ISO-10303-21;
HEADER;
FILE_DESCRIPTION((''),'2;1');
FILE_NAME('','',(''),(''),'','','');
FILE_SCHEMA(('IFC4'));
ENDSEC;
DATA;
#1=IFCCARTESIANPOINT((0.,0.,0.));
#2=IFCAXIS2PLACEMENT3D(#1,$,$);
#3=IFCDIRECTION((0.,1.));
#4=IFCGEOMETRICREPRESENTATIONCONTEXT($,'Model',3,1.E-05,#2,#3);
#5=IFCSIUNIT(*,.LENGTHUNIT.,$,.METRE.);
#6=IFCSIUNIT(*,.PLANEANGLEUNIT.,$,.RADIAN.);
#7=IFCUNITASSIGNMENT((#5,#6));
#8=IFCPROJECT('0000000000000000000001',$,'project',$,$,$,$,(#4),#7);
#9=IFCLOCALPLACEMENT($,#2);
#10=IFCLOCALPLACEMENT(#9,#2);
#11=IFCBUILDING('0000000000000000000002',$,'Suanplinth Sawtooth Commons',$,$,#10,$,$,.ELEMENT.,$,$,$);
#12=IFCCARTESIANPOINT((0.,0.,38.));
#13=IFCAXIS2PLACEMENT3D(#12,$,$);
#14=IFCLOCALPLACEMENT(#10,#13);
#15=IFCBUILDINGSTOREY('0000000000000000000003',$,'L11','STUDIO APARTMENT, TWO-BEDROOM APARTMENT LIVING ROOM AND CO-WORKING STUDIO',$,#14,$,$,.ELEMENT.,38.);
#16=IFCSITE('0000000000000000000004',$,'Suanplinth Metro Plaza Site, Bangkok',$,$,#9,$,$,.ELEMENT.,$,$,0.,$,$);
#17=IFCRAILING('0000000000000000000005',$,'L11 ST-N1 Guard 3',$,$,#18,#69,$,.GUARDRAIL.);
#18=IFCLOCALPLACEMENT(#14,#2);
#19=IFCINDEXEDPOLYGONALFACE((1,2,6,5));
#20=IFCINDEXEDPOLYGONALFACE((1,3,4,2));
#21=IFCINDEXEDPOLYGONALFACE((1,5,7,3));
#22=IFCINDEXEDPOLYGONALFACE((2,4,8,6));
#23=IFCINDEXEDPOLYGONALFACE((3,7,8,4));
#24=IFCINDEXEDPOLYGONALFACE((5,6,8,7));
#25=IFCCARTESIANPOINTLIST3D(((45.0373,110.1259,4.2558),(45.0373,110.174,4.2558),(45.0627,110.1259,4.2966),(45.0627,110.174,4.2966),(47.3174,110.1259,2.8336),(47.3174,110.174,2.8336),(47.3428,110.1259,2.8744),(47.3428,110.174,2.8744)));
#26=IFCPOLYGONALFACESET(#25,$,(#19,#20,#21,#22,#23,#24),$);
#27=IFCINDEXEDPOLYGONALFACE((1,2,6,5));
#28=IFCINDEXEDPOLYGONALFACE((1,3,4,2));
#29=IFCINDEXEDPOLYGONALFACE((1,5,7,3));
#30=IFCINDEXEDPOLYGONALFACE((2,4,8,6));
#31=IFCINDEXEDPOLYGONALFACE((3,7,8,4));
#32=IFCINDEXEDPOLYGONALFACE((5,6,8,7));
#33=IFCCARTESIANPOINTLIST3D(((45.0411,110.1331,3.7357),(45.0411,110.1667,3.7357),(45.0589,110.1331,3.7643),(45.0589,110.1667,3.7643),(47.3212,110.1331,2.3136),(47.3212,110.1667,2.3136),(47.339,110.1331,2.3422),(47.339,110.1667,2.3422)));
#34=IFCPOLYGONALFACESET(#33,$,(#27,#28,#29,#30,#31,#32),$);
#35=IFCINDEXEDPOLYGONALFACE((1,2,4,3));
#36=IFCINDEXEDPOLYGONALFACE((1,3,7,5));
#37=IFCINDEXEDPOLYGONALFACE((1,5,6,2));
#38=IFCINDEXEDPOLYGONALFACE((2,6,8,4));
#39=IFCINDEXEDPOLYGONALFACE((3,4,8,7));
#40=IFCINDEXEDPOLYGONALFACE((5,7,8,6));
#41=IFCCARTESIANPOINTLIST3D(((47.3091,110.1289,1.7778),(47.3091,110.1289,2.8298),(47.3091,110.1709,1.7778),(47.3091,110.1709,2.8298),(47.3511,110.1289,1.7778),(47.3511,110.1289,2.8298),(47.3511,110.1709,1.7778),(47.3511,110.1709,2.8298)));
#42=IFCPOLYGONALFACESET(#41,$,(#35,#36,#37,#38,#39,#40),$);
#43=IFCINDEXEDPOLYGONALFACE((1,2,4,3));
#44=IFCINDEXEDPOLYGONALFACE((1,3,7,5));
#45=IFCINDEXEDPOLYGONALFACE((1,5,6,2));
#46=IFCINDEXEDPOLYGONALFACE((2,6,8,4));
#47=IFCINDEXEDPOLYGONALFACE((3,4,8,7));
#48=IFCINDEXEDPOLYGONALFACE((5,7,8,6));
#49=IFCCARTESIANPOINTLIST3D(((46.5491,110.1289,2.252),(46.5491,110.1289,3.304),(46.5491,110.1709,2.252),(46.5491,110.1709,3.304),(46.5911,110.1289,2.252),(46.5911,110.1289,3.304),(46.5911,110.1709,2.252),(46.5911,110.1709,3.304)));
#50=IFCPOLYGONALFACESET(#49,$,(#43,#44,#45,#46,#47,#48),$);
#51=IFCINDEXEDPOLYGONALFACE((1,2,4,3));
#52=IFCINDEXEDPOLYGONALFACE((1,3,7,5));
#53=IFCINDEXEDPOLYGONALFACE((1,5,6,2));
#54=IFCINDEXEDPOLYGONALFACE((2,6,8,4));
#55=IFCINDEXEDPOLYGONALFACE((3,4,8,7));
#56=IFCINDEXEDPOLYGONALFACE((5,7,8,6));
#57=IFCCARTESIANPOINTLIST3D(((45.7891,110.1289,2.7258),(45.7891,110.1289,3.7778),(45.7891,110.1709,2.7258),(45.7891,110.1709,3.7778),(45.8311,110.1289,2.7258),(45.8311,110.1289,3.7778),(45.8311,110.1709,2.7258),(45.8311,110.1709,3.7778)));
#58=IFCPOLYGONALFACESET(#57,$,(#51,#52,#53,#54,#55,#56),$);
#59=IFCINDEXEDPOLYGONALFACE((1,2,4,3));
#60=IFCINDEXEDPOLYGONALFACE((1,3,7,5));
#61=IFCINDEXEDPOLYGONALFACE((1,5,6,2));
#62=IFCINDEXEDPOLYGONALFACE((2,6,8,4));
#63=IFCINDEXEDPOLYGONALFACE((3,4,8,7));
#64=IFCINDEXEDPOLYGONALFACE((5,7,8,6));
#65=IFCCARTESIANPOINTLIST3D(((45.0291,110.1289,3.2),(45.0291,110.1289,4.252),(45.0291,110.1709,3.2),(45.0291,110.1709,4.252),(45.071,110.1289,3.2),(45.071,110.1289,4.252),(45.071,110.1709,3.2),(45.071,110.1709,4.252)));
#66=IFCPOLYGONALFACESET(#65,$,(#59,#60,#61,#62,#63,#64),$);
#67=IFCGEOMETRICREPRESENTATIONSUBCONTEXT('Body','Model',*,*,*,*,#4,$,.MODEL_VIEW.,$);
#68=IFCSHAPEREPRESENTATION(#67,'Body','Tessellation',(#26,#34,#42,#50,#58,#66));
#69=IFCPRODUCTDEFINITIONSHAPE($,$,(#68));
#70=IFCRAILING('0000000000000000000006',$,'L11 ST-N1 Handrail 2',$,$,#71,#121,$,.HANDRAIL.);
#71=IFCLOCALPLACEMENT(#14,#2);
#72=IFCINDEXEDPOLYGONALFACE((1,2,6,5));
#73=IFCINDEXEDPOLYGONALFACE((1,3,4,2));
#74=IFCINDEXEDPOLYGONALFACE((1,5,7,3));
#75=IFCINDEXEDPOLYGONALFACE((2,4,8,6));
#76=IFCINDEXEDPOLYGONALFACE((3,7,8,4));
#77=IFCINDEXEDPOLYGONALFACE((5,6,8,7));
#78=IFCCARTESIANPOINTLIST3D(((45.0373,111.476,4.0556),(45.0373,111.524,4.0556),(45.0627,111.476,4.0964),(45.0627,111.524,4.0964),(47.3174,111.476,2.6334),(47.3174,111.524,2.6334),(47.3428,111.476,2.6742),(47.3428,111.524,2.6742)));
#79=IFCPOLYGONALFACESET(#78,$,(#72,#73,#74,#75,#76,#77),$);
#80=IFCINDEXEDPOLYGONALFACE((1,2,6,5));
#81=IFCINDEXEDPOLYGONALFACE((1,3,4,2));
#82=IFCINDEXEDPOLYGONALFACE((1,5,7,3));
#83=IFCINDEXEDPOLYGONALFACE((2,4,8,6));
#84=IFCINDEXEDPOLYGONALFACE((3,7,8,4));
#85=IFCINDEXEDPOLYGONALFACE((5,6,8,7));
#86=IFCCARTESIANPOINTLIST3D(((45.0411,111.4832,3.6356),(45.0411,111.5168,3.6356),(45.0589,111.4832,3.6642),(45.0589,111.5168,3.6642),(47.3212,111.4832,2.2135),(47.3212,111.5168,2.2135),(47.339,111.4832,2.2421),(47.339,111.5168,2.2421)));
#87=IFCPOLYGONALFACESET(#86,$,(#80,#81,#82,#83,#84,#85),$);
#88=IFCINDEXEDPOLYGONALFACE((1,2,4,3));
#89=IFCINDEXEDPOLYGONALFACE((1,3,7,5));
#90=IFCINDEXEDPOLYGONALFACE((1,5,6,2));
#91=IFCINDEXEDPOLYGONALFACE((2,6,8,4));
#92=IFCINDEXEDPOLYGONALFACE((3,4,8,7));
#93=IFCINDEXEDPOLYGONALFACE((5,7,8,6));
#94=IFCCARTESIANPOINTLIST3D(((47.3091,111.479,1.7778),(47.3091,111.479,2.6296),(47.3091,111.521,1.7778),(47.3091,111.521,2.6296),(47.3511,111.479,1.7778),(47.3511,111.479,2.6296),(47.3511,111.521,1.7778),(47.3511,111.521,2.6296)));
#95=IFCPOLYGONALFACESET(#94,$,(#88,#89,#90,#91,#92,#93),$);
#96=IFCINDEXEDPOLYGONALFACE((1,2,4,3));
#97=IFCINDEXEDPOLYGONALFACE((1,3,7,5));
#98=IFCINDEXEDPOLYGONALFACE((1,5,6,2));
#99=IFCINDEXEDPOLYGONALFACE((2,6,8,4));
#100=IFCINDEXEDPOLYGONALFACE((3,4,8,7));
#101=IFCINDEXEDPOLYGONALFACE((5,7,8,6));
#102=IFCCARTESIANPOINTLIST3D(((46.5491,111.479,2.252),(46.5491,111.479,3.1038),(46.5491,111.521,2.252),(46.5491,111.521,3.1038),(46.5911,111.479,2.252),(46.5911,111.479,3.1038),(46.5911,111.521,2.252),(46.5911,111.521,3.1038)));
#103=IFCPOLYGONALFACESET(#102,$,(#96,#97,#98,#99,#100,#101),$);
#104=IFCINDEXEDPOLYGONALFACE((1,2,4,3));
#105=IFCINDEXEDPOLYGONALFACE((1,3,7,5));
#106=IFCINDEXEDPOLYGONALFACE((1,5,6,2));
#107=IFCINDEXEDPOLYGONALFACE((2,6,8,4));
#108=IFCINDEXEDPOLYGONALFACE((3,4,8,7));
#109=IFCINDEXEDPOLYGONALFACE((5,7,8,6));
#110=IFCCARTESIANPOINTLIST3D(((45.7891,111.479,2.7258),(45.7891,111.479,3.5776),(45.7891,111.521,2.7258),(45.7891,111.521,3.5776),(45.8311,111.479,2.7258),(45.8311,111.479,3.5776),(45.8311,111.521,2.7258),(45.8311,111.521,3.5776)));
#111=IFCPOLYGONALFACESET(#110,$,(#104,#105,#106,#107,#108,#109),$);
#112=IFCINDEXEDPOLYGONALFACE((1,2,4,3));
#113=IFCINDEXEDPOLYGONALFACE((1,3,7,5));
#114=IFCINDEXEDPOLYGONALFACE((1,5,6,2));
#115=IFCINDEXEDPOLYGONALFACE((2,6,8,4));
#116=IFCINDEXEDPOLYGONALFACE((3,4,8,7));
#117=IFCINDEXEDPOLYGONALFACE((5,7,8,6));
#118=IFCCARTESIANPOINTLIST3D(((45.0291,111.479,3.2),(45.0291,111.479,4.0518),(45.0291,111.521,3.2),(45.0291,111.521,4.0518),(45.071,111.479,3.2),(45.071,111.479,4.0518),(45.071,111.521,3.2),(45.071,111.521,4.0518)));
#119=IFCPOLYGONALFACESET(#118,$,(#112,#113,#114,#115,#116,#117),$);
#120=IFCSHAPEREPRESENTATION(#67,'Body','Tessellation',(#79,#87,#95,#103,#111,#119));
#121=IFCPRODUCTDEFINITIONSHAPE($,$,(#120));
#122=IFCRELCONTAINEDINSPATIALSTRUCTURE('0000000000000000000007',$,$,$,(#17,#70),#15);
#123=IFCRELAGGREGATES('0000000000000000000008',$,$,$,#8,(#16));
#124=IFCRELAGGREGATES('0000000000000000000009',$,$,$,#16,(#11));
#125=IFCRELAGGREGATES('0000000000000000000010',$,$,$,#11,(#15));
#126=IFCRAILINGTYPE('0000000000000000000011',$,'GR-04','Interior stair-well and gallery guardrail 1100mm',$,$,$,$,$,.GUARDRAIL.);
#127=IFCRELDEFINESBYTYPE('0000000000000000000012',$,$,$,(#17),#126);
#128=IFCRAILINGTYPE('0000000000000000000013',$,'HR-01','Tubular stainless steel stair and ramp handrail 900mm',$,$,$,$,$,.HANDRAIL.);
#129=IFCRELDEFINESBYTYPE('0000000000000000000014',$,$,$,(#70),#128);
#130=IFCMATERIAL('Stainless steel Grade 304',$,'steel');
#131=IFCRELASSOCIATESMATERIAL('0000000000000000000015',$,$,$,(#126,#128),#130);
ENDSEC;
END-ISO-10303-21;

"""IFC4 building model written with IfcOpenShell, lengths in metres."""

from ifc_helpers import new_model, si_unit, direction, frame, origin, origin_2d, place, context, subcontext, project, spatial, rectangle, extrude, material, type_object, element, save


model = new_model("IFC4")

# Units and contexts
model_context = context("Model", 3, precision=1e-05, world=origin(), true_north=direction((0.0, 1.0)))
body_context = subcontext(model_context, "Body", "Model", "MODEL_VIEW")
ifc_project = project(units=[si_unit("LENGTHUNIT", "METRE"), si_unit("PLANEANGLEUNIT", "RADIAN")], contexts=[model_context])

# Site, building, storey
site_placement = place(None, origin())
site = spatial("IfcSite", under=ifc_project, at=site_placement, Name="Suanplinth Metro Plaza Site, Bangkok", CompositionType="ELEMENT", RefElevation=0.0)
building_placement = place(site_placement, origin())
building = spatial("IfcBuilding", under=site, at=building_placement, Name="Suanplinth Sawtooth Commons", CompositionType="ELEMENT")
storey_placement = place(building_placement, frame((0.0, 0.0, 38.0)))
storey = spatial("IfcBuildingStorey", under=building, at=storey_placement, Name="L11", Description="STUDIO APARTMENT, TWO-BEDROOM APARTMENT LIVING ROOM AND CO-WORKING STUDIO", CompositionType="ELEMENT", Elevation=38.0)

# Shared definitions
ifc_material_1 = material(Name="Stainless steel Grade 304", Category="steel")

# Railings
railing_type_1 = type_object("IfcRailingType", Name="GR-04", Description="Interior stair-well and gallery guardrail 1100mm", PredefinedType="GUARDRAIL", material=ifc_material_1)
railing_1_placement = place(storey_placement, frame((47.3301, 110.1499, 1.7778)))
element("IfcRailing", 1, at=railing_1_placement, inside=storey, type_object=railing_type_1, Name="L11 ST-N1 Guard 3", PredefinedType="GUARDRAIL", context=body_context, shape_type="SweptSolid", body=[
    extrude(rectangle(XDim=0.0481, YDim=0.0481, at=origin_2d()), frame((0.0, 0.0, 1.0762), z_axis=(-0.848483, 0.0, 0.529223), x_axis=(0.0, -1.0, 0.0)), (0.0, 0.0, 1.0), 2.6873),
    extrude(rectangle(XDim=0.0337, YDim=0.0337, at=origin_2d()), frame((0.0, 0.0, 0.55), z_axis=(-0.848483, 0.0, 0.529223), x_axis=(0.0, -1.0, 0.0)), (0.0, 0.0, 1.0), 2.6873),
    extrude(rectangle(XDim=0.042, YDim=0.042, at=origin_2d()), origin(), (0.0, 0.0, 1.0), 1.052),
    extrude(rectangle(XDim=0.042, YDim=0.042, at=origin_2d()), frame((-0.76, 0.0, 0.4741)), (0.0, 0.0, 1.0), 1.052),
    extrude(rectangle(XDim=0.042, YDim=0.042, at=origin_2d()), frame((-1.52, 0.0, 0.948)), (0.0, 0.0, 1.0), 1.052),
    extrude(rectangle(XDim=0.042, YDim=0.042, at=origin_2d()), frame((-2.28, 0.0, 1.4221)), (0.0, 0.0, 1.0), 1.052),
])
railing_type_2 = type_object("IfcRailingType", Name="HR-01", Description="Tubular stainless steel stair and ramp handrail 900mm", PredefinedType="HANDRAIL", material=ifc_material_1)
railing_2_placement = place(storey_placement, frame((47.3301, 111.5, 1.7778)))
element("IfcRailing", 2, at=railing_2_placement, inside=storey, type_object=railing_type_2, Name="L11 ST-N1 Handrail 2", PredefinedType="HANDRAIL", context=body_context, shape_type="SweptSolid", body=[
    extrude(rectangle(XDim=0.0481, YDim=0.0481, at=origin_2d()), frame((0.0, 0.0, 0.876), z_axis=(-0.848483, 0.0, 0.529223), x_axis=(0.0, -1.0, 0.0)), (0.0, 0.0, 1.0), 2.6873),
    extrude(rectangle(XDim=0.0337, YDim=0.0337, at=origin_2d()), frame((0.0, 0.0, 0.45), z_axis=(-0.848483, 0.0, 0.529223), x_axis=(0.0, -1.0, 0.0)), (0.0, 0.0, 1.0), 2.6873),
    extrude(rectangle(XDim=0.042, YDim=0.042, at=origin_2d()), origin(), (0.0, 0.0, 1.0), 0.8518),
    extrude(rectangle(XDim=0.042, YDim=0.042, at=origin_2d()), frame((-0.76, 0.0, 0.4741)), (0.0, 0.0, 1.0), 0.8518),
    extrude(rectangle(XDim=0.042, YDim=0.042, at=origin_2d()), frame((-1.52, 0.0, 0.948)), (0.0, 0.0, 1.0), 0.8518),
    extrude(rectangle(XDim=0.042, YDim=0.042, at=origin_2d()), frame((-2.28, 0.0, 1.4221)), (0.0, 0.0, 1.0), 0.8518),
])

save(model, "model.ifc")
